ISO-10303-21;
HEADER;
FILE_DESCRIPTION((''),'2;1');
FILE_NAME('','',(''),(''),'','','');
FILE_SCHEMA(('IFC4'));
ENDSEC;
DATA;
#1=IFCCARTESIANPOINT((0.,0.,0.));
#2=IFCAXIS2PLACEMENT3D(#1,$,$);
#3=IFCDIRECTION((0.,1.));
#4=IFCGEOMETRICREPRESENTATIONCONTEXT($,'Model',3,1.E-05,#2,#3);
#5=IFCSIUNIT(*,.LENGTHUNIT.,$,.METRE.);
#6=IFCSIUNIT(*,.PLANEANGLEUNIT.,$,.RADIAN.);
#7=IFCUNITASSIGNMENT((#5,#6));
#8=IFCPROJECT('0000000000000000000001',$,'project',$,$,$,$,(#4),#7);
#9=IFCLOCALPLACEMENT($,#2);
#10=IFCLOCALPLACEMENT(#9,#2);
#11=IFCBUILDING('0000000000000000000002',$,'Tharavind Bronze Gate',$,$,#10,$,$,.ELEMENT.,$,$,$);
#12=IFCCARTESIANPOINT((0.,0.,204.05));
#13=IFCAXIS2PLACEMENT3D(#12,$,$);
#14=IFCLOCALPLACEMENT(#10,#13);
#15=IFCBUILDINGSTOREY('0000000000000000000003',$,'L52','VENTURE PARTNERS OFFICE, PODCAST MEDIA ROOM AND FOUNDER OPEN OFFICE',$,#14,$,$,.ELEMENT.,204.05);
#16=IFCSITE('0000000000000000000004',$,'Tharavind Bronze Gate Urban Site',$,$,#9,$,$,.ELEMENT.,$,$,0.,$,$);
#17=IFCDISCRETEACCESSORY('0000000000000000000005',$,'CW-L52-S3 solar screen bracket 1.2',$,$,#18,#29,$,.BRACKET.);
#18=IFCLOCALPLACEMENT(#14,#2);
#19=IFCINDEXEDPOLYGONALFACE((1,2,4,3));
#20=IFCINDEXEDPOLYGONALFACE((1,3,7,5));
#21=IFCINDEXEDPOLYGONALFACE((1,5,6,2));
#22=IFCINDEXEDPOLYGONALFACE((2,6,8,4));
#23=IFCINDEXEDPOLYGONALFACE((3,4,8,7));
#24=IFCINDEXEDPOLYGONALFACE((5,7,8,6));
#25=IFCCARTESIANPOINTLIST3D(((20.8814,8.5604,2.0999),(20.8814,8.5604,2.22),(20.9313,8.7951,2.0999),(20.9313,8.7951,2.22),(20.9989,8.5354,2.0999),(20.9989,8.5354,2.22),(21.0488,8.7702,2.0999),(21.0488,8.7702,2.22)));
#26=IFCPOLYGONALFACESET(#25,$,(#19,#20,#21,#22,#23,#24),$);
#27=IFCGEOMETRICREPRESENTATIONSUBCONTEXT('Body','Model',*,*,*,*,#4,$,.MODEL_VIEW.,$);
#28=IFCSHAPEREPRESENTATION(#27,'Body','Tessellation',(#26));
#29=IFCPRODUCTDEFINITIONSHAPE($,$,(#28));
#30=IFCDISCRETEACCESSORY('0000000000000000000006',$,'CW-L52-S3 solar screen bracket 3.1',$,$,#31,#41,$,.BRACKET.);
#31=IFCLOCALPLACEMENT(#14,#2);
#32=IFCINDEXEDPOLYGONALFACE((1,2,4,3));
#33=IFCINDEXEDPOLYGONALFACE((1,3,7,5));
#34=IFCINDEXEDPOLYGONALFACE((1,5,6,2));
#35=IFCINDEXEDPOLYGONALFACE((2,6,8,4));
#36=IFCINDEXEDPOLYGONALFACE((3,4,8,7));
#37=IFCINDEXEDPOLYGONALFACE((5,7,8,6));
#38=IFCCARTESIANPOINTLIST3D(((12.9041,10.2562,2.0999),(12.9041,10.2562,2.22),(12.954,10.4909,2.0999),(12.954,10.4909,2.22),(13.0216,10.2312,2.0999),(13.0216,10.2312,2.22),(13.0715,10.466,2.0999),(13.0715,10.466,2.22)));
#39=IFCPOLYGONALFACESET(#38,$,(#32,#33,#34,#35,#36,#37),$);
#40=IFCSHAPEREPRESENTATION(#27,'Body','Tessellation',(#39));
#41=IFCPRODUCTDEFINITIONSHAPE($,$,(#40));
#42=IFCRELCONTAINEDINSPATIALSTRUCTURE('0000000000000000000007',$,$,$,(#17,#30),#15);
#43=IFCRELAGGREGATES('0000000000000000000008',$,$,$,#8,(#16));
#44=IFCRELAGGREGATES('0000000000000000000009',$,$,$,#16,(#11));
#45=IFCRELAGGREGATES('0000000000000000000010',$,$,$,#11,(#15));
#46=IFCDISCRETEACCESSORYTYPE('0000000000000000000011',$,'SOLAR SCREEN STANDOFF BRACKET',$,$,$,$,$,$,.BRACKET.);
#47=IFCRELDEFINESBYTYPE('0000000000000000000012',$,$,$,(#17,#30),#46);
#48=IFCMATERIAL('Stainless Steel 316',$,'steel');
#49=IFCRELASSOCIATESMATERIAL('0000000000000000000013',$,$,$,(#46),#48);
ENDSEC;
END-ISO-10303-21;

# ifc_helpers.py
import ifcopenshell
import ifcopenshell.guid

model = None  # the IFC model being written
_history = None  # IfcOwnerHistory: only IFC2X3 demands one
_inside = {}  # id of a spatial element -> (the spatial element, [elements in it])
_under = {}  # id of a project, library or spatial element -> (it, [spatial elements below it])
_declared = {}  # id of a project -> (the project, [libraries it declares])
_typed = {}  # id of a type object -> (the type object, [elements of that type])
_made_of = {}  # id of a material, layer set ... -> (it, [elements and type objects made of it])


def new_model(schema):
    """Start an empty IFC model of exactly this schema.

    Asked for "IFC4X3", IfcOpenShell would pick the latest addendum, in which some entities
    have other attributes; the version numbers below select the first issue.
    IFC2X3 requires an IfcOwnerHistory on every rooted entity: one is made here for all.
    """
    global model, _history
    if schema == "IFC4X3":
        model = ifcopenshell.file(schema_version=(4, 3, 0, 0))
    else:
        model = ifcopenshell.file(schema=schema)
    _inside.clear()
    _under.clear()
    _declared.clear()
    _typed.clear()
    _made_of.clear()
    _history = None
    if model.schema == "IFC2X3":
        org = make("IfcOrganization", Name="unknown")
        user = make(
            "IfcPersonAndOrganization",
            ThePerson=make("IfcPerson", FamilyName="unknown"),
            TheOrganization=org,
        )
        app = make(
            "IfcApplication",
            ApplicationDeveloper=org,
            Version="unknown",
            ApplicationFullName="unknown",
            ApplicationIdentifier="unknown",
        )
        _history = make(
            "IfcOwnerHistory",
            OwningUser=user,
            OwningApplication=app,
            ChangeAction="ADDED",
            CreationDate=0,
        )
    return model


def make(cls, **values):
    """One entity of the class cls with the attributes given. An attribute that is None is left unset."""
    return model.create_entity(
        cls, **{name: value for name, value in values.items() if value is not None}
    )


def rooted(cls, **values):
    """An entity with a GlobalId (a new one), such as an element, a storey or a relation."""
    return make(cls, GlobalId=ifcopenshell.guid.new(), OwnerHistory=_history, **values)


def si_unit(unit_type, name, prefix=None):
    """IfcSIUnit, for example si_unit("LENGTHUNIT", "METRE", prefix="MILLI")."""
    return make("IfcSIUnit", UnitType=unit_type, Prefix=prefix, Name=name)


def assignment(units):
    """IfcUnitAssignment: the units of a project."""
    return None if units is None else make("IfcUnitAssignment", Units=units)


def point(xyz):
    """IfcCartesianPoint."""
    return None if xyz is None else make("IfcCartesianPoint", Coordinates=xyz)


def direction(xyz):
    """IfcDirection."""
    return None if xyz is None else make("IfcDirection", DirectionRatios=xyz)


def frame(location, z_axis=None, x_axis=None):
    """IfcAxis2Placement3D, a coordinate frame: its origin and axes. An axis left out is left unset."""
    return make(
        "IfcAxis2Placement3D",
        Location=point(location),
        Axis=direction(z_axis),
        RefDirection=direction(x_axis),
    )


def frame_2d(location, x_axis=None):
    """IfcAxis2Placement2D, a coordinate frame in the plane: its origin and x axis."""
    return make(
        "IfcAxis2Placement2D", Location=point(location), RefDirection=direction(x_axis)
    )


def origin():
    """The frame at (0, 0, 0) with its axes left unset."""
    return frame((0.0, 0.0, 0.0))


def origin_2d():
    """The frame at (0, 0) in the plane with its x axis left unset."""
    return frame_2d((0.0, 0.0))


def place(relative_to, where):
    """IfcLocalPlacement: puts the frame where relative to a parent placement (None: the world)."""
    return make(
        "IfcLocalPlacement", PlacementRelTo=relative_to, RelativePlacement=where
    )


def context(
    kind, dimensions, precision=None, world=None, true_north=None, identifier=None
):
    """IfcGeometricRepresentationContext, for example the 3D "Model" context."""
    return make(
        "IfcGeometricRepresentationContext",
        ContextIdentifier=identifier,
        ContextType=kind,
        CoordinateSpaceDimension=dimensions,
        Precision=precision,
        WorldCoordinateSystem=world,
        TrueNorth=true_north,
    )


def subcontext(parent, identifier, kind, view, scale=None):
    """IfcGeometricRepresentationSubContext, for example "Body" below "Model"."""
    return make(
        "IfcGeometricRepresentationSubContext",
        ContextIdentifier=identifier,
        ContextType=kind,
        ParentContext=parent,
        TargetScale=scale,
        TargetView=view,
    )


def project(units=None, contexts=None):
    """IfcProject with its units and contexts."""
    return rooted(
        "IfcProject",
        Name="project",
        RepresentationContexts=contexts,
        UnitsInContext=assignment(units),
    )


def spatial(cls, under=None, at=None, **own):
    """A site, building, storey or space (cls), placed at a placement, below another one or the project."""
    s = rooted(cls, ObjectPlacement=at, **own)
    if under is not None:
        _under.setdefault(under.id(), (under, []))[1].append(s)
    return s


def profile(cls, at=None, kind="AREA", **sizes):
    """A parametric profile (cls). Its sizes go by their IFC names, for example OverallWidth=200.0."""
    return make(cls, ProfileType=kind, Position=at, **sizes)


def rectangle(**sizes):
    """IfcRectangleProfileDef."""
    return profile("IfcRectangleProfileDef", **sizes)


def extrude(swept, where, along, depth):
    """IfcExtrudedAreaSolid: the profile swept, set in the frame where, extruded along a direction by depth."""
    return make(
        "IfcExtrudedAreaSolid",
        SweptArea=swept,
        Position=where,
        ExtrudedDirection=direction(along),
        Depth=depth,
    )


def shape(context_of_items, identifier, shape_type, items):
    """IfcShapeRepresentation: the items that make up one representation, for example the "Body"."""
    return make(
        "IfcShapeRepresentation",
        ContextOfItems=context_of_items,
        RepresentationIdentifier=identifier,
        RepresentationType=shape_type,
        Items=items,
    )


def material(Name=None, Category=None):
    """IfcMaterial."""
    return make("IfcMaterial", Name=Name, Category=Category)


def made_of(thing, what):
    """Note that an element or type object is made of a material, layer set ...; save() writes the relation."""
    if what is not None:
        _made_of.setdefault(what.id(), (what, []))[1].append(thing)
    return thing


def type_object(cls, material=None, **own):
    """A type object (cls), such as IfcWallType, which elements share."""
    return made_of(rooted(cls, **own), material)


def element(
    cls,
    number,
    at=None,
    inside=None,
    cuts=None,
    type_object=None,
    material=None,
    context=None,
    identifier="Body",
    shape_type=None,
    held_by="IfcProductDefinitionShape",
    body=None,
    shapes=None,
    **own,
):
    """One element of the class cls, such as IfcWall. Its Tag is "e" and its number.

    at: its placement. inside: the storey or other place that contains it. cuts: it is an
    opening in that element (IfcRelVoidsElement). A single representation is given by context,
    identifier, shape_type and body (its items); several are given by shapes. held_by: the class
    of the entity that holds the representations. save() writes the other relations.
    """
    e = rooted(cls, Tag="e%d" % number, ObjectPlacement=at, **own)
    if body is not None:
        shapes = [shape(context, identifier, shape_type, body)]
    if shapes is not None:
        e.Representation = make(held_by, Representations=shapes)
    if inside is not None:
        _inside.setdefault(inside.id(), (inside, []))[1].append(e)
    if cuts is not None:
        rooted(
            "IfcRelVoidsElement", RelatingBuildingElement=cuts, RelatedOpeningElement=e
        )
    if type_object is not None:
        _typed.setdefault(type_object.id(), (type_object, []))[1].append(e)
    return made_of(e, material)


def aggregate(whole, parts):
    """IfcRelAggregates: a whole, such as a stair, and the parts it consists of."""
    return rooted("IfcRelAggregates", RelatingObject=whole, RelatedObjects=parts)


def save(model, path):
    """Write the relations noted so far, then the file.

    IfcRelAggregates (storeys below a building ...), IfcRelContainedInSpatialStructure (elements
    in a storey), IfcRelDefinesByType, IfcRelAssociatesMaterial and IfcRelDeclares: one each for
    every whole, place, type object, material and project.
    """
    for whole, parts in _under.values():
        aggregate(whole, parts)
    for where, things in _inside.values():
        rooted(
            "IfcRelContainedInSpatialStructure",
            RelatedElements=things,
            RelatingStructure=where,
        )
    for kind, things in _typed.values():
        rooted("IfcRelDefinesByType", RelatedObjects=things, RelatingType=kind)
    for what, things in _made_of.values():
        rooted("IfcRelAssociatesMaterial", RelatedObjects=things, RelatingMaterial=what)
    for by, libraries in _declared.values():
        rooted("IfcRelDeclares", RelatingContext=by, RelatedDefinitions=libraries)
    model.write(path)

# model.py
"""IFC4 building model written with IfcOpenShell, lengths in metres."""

from ifc_helpers import new_model, si_unit, direction, frame, origin, origin_2d, place, context, subcontext, project, spatial, rectangle, extrude, material, type_object, element, save


model = new_model("IFC4")

# Units and contexts
model_context = context("Model", 3, precision=1e-05, world=origin(), true_north=direction((0.0, 1.0)))
body_context = subcontext(model_context, "Body", "Model", "MODEL_VIEW")
ifc_project = project(units=[si_unit("LENGTHUNIT", "METRE"), si_unit("PLANEANGLEUNIT", "RADIAN")], contexts=[model_context])

# Site, building, storey
site_placement = place(None, origin())
site = spatial("IfcSite", under=ifc_project, at=site_placement, Name="Tharavind Bronze Gate Urban Site", CompositionType="ELEMENT", RefElevation=0.0)
building_placement = place(site_placement, origin())
building = spatial("IfcBuilding", under=site, at=building_placement, Name="Tharavind Bronze Gate", CompositionType="ELEMENT")
storey_placement = place(building_placement, frame((0.0, 0.0, 204.05)))
storey = spatial("IfcBuildingStorey", under=building, at=storey_placement, Name="L52", Description="VENTURE PARTNERS OFFICE, PODCAST MEDIA ROOM AND FOUNDER OPEN OFFICE", CompositionType="ELEMENT", Elevation=204.05)

# Discrete accessories
ifc_material_1 = material(Name="Stainless Steel 316", Category="steel")
discrete_accessory_type = type_object("IfcDiscreteAccessoryType", Name="SOLAR SCREEN STANDOFF BRACKET", PredefinedType="BRACKET", material=ifc_material_1)
for number, where, z_axis, x_axis, name in (
    (1, (20.9651, 8.6653, 2.0999), (0.0, 0.0, 1.0), (-0.978148, 0.207912, 0.0), "CW-L52-S3 solar screen bracket 1.2"),
    (2, (12.9878, 10.3611, 2.0999), (0.0, 0.0, 1.0), (-0.978148, 0.207912, 0.0), "CW-L52-S3 solar screen bracket 3.1"),
):
    element("IfcDiscreteAccessory", number, at=place(storey_placement, frame(where, z_axis=z_axis, x_axis=x_axis)), inside=storey, type_object=discrete_accessory_type, Name=name, PredefinedType="BRACKET", context=body_context, shape_type="SweptSolid", body=[
        extrude(rectangle(XDim=0.1201, YDim=0.24, at=origin_2d()), origin(), (0.0, 0.0, 1.0), 0.1201),
    ])

save(model, "model.ifc")
